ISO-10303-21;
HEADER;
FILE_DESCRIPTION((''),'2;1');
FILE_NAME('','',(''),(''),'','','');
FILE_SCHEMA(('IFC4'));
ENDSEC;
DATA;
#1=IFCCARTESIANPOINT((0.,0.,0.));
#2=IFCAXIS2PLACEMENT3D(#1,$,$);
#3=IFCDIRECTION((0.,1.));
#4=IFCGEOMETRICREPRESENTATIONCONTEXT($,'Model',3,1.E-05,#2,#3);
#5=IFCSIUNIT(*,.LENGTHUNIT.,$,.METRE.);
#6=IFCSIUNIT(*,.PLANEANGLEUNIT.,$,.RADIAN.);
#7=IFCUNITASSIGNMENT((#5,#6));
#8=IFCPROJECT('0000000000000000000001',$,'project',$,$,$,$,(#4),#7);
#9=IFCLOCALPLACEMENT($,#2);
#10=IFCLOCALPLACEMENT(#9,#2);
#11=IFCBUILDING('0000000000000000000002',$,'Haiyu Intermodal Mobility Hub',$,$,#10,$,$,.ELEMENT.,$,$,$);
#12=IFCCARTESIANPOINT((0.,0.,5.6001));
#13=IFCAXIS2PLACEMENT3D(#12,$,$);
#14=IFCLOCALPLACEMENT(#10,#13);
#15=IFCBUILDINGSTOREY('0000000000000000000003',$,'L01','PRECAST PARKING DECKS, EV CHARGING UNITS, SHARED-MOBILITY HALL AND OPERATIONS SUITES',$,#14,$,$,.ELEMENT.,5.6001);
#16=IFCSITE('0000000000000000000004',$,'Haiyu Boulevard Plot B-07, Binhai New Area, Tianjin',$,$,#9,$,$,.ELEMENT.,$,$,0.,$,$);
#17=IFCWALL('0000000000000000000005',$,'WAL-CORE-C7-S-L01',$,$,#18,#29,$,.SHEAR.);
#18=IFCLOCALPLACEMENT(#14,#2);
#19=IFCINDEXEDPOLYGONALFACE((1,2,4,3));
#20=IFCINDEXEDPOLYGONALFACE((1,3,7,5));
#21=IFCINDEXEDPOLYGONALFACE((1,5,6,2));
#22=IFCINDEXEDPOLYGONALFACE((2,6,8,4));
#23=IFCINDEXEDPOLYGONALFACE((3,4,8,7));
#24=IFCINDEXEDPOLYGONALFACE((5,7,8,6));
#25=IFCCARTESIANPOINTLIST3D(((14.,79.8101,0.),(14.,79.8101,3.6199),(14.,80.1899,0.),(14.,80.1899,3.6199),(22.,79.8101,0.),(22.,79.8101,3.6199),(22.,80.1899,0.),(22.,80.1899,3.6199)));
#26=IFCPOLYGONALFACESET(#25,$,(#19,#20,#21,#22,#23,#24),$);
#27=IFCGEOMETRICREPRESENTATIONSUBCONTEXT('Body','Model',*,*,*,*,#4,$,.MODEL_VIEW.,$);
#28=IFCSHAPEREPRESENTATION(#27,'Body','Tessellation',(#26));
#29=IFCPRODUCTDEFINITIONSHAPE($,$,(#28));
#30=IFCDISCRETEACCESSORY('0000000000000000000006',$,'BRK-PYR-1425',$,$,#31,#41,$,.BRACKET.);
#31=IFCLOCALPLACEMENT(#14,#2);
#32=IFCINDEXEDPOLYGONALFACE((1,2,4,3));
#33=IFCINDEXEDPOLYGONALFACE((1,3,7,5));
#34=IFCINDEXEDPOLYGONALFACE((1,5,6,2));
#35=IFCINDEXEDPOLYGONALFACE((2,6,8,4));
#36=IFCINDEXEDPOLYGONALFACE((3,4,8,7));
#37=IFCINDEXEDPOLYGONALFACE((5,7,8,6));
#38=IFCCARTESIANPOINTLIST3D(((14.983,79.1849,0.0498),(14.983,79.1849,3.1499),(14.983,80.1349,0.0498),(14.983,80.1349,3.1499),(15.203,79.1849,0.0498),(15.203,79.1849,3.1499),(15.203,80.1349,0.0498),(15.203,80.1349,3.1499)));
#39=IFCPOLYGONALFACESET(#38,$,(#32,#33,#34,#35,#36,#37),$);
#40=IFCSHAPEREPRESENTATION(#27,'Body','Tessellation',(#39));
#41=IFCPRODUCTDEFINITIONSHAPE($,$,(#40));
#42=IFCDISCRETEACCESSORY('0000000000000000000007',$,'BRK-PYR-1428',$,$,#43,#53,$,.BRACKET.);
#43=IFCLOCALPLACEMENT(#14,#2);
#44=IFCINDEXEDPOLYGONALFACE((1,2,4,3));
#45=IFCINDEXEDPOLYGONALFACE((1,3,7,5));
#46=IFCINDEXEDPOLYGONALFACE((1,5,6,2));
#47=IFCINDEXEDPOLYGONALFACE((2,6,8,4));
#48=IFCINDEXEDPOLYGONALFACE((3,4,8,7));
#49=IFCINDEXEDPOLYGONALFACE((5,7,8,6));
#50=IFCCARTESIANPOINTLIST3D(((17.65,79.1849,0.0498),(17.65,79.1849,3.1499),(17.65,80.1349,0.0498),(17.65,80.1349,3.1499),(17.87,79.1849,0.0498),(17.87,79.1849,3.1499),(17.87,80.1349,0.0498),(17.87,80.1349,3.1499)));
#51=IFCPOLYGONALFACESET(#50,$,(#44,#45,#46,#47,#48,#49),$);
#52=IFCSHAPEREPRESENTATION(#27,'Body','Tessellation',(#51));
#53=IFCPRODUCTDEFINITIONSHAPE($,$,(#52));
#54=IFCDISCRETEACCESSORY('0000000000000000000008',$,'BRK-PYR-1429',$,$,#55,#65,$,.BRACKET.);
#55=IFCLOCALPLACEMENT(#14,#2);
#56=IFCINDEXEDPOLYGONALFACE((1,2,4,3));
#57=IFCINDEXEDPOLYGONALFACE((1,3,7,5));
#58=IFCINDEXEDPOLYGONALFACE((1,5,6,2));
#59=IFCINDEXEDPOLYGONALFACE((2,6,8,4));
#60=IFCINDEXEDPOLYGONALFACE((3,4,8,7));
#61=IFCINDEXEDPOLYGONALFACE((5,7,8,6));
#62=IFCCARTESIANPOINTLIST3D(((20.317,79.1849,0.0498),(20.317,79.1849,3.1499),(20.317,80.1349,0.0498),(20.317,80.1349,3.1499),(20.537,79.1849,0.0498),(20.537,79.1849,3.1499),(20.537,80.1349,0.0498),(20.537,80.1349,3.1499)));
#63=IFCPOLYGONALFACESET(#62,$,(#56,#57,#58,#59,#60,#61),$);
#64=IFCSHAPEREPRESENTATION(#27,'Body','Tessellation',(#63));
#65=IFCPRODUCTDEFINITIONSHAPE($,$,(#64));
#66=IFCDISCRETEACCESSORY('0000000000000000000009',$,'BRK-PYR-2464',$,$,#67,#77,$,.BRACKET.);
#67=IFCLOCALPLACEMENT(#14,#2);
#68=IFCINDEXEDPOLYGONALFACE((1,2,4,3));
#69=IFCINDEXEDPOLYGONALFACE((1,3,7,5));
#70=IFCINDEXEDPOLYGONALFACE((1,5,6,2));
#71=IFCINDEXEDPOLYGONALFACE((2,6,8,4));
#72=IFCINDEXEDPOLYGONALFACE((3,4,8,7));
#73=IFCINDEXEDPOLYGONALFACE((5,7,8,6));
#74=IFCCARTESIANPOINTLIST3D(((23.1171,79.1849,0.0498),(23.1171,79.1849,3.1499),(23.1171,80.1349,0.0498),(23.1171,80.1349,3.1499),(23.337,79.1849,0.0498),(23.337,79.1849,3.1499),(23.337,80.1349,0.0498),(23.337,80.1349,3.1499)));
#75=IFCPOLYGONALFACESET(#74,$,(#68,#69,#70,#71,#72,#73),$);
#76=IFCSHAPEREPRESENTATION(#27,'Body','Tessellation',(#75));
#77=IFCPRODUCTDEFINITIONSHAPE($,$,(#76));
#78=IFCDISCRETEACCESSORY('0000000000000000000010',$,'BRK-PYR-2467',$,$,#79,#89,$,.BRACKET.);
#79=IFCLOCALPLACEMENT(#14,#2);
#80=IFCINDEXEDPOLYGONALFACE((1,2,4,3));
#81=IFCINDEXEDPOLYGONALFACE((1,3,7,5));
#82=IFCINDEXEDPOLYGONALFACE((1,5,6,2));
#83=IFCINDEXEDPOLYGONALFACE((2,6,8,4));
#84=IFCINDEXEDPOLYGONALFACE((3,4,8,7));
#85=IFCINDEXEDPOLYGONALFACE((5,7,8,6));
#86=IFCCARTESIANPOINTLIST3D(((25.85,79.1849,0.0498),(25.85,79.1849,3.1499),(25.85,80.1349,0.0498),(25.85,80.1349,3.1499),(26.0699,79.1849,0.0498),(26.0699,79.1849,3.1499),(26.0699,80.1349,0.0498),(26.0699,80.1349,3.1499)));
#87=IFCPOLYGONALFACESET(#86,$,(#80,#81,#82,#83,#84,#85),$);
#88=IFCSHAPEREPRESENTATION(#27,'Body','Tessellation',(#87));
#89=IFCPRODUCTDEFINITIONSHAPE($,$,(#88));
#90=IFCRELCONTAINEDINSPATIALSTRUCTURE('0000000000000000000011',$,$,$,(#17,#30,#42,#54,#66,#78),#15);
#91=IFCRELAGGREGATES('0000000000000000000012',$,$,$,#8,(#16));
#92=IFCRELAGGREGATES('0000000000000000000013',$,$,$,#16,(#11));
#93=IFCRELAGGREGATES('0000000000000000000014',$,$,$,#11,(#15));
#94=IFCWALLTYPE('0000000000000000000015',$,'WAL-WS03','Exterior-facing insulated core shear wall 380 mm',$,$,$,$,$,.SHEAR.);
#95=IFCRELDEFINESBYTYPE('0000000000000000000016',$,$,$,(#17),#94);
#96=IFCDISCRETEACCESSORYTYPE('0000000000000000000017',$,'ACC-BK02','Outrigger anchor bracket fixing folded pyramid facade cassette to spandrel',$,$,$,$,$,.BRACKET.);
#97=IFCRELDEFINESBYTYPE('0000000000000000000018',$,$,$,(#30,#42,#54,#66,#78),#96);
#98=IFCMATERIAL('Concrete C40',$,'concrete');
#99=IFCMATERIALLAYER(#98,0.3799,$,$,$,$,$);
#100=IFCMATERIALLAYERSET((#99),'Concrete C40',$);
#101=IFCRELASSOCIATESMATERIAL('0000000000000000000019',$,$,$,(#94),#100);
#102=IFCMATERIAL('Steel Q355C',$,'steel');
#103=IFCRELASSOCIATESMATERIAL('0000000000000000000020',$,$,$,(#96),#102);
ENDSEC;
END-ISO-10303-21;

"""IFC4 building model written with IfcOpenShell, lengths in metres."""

from ifc_helpers import new_model, si_unit, direction, frame, frame_2d, origin, origin_2d, place, context, subcontext, project, spatial, rectangle, extrude, material, layer, layer_set, type_object, element, save


model = new_model("IFC4")

# Units and contexts
model_context = context("Model", 3, precision=1e-05, world=origin(), true_north=direction((0.0, 1.0)))
body_context = subcontext(model_context, "Body", "Model", "MODEL_VIEW")
ifc_project = project(units=[si_unit("LENGTHUNIT", "METRE"), si_unit("PLANEANGLEUNIT", "RADIAN")], contexts=[model_context])

# Site, building, storey
site_placement = place(None, origin())
site = spatial("IfcSite", under=ifc_project, at=site_placement, Name="Haiyu Boulevard Plot B-07, Binhai New Area, Tianjin", CompositionType="ELEMENT", RefElevation=0.0)
building_placement = place(site_placement, origin())
building = spatial("IfcBuilding", under=site, at=building_placement, Name="Haiyu Intermodal Mobility Hub", CompositionType="ELEMENT")
storey_placement = place(building_placement, frame((0.0, 0.0, 5.6001)))
storey = spatial("IfcBuildingStorey", under=building, at=storey_placement, Name="L01", Description="PRECAST PARKING DECKS, EV CHARGING UNITS, SHARED-MOBILITY HALL AND OPERATIONS SUITES", CompositionType="ELEMENT", Elevation=5.6001)

# Shared definitions
ifc_material_1 = material(Name="Concrete C40", Category="concrete")

# Wall
ifc_layer = layer(ifc_material_1, 0.3799)
ifc_layer_set = layer_set([ifc_layer], Name="Concrete C40")
wall_type = type_object("IfcWallType", Name="WAL-WS03", Description="Exterior-facing insulated core shear wall 380 mm", PredefinedType="SHEAR", material=ifc_layer_set)
wall_placement = place(storey_placement, frame((14.0, 80.0, 0.0), z_axis=(0.0, 0.0, 1.0), x_axis=(1.0, 0.0, 0.0)))
element("IfcWall", 1, at=wall_placement, inside=storey, type_object=wall_type, Name="WAL-CORE-C7-S-L01", PredefinedType="SHEAR", context=body_context, shape_type="SweptSolid", body=[
    extrude(rectangle(XDim=8.0, YDim=0.3799, at=frame_2d((4.0, 0.0))), origin(), (0.0, 0.0, 1.0), 3.6199),
])

# Shared definitions
ifc_material_2 = material(Name="Steel Q355C", Category="steel")

# Discrete accessories
discrete_accessory_type = type_object("IfcDiscreteAccessoryType", Name="ACC-BK02", Description="Outrigger anchor bracket fixing folded pyramid facade cassette to spandrel", PredefinedType="BRACKET", material=ifc_material_2)
for number, where, z_axis, x_axis, name in (
    (2, (15.093, 79.6599, 0.0498), (0.0, 0.0, 1.0), (1.0, 0.0, 0.0), "BRK-PYR-1425"),
    (3, (17.76, 79.6599, 0.0498), (0.0, 0.0, 1.0), (1.0, 0.0, 0.0), "BRK-PYR-1428"),
    (4, (20.427, 79.6599, 0.0498), (0.0, 0.0, 1.0), (1.0, 0.0, 0.0), "BRK-PYR-1429"),
    (5, (23.2271, 79.6599, 0.0498), (0.0, 0.0, 1.0), (1.0, 0.0, 0.0), "BRK-PYR-2464"),
    (6, (25.96, 79.6599, 0.0498), (0.0, 0.0, 1.0), (1.0, 0.0, 0.0), "BRK-PYR-2467"),
):
    element("IfcDiscreteAccessory", number, at=place(storey_placement, frame(where, z_axis=z_axis, x_axis=x_axis)), inside=storey, type_object=discrete_accessory_type, Name=name, PredefinedType="BRACKET", context=body_context, shape_type="SweptSolid", body=[
        extrude(rectangle(XDim=0.22, YDim=0.95, at=origin_2d()), origin(), (0.0, 0.0, 1.0), 3.1001),
    ])

save(model, "model.ifc")
